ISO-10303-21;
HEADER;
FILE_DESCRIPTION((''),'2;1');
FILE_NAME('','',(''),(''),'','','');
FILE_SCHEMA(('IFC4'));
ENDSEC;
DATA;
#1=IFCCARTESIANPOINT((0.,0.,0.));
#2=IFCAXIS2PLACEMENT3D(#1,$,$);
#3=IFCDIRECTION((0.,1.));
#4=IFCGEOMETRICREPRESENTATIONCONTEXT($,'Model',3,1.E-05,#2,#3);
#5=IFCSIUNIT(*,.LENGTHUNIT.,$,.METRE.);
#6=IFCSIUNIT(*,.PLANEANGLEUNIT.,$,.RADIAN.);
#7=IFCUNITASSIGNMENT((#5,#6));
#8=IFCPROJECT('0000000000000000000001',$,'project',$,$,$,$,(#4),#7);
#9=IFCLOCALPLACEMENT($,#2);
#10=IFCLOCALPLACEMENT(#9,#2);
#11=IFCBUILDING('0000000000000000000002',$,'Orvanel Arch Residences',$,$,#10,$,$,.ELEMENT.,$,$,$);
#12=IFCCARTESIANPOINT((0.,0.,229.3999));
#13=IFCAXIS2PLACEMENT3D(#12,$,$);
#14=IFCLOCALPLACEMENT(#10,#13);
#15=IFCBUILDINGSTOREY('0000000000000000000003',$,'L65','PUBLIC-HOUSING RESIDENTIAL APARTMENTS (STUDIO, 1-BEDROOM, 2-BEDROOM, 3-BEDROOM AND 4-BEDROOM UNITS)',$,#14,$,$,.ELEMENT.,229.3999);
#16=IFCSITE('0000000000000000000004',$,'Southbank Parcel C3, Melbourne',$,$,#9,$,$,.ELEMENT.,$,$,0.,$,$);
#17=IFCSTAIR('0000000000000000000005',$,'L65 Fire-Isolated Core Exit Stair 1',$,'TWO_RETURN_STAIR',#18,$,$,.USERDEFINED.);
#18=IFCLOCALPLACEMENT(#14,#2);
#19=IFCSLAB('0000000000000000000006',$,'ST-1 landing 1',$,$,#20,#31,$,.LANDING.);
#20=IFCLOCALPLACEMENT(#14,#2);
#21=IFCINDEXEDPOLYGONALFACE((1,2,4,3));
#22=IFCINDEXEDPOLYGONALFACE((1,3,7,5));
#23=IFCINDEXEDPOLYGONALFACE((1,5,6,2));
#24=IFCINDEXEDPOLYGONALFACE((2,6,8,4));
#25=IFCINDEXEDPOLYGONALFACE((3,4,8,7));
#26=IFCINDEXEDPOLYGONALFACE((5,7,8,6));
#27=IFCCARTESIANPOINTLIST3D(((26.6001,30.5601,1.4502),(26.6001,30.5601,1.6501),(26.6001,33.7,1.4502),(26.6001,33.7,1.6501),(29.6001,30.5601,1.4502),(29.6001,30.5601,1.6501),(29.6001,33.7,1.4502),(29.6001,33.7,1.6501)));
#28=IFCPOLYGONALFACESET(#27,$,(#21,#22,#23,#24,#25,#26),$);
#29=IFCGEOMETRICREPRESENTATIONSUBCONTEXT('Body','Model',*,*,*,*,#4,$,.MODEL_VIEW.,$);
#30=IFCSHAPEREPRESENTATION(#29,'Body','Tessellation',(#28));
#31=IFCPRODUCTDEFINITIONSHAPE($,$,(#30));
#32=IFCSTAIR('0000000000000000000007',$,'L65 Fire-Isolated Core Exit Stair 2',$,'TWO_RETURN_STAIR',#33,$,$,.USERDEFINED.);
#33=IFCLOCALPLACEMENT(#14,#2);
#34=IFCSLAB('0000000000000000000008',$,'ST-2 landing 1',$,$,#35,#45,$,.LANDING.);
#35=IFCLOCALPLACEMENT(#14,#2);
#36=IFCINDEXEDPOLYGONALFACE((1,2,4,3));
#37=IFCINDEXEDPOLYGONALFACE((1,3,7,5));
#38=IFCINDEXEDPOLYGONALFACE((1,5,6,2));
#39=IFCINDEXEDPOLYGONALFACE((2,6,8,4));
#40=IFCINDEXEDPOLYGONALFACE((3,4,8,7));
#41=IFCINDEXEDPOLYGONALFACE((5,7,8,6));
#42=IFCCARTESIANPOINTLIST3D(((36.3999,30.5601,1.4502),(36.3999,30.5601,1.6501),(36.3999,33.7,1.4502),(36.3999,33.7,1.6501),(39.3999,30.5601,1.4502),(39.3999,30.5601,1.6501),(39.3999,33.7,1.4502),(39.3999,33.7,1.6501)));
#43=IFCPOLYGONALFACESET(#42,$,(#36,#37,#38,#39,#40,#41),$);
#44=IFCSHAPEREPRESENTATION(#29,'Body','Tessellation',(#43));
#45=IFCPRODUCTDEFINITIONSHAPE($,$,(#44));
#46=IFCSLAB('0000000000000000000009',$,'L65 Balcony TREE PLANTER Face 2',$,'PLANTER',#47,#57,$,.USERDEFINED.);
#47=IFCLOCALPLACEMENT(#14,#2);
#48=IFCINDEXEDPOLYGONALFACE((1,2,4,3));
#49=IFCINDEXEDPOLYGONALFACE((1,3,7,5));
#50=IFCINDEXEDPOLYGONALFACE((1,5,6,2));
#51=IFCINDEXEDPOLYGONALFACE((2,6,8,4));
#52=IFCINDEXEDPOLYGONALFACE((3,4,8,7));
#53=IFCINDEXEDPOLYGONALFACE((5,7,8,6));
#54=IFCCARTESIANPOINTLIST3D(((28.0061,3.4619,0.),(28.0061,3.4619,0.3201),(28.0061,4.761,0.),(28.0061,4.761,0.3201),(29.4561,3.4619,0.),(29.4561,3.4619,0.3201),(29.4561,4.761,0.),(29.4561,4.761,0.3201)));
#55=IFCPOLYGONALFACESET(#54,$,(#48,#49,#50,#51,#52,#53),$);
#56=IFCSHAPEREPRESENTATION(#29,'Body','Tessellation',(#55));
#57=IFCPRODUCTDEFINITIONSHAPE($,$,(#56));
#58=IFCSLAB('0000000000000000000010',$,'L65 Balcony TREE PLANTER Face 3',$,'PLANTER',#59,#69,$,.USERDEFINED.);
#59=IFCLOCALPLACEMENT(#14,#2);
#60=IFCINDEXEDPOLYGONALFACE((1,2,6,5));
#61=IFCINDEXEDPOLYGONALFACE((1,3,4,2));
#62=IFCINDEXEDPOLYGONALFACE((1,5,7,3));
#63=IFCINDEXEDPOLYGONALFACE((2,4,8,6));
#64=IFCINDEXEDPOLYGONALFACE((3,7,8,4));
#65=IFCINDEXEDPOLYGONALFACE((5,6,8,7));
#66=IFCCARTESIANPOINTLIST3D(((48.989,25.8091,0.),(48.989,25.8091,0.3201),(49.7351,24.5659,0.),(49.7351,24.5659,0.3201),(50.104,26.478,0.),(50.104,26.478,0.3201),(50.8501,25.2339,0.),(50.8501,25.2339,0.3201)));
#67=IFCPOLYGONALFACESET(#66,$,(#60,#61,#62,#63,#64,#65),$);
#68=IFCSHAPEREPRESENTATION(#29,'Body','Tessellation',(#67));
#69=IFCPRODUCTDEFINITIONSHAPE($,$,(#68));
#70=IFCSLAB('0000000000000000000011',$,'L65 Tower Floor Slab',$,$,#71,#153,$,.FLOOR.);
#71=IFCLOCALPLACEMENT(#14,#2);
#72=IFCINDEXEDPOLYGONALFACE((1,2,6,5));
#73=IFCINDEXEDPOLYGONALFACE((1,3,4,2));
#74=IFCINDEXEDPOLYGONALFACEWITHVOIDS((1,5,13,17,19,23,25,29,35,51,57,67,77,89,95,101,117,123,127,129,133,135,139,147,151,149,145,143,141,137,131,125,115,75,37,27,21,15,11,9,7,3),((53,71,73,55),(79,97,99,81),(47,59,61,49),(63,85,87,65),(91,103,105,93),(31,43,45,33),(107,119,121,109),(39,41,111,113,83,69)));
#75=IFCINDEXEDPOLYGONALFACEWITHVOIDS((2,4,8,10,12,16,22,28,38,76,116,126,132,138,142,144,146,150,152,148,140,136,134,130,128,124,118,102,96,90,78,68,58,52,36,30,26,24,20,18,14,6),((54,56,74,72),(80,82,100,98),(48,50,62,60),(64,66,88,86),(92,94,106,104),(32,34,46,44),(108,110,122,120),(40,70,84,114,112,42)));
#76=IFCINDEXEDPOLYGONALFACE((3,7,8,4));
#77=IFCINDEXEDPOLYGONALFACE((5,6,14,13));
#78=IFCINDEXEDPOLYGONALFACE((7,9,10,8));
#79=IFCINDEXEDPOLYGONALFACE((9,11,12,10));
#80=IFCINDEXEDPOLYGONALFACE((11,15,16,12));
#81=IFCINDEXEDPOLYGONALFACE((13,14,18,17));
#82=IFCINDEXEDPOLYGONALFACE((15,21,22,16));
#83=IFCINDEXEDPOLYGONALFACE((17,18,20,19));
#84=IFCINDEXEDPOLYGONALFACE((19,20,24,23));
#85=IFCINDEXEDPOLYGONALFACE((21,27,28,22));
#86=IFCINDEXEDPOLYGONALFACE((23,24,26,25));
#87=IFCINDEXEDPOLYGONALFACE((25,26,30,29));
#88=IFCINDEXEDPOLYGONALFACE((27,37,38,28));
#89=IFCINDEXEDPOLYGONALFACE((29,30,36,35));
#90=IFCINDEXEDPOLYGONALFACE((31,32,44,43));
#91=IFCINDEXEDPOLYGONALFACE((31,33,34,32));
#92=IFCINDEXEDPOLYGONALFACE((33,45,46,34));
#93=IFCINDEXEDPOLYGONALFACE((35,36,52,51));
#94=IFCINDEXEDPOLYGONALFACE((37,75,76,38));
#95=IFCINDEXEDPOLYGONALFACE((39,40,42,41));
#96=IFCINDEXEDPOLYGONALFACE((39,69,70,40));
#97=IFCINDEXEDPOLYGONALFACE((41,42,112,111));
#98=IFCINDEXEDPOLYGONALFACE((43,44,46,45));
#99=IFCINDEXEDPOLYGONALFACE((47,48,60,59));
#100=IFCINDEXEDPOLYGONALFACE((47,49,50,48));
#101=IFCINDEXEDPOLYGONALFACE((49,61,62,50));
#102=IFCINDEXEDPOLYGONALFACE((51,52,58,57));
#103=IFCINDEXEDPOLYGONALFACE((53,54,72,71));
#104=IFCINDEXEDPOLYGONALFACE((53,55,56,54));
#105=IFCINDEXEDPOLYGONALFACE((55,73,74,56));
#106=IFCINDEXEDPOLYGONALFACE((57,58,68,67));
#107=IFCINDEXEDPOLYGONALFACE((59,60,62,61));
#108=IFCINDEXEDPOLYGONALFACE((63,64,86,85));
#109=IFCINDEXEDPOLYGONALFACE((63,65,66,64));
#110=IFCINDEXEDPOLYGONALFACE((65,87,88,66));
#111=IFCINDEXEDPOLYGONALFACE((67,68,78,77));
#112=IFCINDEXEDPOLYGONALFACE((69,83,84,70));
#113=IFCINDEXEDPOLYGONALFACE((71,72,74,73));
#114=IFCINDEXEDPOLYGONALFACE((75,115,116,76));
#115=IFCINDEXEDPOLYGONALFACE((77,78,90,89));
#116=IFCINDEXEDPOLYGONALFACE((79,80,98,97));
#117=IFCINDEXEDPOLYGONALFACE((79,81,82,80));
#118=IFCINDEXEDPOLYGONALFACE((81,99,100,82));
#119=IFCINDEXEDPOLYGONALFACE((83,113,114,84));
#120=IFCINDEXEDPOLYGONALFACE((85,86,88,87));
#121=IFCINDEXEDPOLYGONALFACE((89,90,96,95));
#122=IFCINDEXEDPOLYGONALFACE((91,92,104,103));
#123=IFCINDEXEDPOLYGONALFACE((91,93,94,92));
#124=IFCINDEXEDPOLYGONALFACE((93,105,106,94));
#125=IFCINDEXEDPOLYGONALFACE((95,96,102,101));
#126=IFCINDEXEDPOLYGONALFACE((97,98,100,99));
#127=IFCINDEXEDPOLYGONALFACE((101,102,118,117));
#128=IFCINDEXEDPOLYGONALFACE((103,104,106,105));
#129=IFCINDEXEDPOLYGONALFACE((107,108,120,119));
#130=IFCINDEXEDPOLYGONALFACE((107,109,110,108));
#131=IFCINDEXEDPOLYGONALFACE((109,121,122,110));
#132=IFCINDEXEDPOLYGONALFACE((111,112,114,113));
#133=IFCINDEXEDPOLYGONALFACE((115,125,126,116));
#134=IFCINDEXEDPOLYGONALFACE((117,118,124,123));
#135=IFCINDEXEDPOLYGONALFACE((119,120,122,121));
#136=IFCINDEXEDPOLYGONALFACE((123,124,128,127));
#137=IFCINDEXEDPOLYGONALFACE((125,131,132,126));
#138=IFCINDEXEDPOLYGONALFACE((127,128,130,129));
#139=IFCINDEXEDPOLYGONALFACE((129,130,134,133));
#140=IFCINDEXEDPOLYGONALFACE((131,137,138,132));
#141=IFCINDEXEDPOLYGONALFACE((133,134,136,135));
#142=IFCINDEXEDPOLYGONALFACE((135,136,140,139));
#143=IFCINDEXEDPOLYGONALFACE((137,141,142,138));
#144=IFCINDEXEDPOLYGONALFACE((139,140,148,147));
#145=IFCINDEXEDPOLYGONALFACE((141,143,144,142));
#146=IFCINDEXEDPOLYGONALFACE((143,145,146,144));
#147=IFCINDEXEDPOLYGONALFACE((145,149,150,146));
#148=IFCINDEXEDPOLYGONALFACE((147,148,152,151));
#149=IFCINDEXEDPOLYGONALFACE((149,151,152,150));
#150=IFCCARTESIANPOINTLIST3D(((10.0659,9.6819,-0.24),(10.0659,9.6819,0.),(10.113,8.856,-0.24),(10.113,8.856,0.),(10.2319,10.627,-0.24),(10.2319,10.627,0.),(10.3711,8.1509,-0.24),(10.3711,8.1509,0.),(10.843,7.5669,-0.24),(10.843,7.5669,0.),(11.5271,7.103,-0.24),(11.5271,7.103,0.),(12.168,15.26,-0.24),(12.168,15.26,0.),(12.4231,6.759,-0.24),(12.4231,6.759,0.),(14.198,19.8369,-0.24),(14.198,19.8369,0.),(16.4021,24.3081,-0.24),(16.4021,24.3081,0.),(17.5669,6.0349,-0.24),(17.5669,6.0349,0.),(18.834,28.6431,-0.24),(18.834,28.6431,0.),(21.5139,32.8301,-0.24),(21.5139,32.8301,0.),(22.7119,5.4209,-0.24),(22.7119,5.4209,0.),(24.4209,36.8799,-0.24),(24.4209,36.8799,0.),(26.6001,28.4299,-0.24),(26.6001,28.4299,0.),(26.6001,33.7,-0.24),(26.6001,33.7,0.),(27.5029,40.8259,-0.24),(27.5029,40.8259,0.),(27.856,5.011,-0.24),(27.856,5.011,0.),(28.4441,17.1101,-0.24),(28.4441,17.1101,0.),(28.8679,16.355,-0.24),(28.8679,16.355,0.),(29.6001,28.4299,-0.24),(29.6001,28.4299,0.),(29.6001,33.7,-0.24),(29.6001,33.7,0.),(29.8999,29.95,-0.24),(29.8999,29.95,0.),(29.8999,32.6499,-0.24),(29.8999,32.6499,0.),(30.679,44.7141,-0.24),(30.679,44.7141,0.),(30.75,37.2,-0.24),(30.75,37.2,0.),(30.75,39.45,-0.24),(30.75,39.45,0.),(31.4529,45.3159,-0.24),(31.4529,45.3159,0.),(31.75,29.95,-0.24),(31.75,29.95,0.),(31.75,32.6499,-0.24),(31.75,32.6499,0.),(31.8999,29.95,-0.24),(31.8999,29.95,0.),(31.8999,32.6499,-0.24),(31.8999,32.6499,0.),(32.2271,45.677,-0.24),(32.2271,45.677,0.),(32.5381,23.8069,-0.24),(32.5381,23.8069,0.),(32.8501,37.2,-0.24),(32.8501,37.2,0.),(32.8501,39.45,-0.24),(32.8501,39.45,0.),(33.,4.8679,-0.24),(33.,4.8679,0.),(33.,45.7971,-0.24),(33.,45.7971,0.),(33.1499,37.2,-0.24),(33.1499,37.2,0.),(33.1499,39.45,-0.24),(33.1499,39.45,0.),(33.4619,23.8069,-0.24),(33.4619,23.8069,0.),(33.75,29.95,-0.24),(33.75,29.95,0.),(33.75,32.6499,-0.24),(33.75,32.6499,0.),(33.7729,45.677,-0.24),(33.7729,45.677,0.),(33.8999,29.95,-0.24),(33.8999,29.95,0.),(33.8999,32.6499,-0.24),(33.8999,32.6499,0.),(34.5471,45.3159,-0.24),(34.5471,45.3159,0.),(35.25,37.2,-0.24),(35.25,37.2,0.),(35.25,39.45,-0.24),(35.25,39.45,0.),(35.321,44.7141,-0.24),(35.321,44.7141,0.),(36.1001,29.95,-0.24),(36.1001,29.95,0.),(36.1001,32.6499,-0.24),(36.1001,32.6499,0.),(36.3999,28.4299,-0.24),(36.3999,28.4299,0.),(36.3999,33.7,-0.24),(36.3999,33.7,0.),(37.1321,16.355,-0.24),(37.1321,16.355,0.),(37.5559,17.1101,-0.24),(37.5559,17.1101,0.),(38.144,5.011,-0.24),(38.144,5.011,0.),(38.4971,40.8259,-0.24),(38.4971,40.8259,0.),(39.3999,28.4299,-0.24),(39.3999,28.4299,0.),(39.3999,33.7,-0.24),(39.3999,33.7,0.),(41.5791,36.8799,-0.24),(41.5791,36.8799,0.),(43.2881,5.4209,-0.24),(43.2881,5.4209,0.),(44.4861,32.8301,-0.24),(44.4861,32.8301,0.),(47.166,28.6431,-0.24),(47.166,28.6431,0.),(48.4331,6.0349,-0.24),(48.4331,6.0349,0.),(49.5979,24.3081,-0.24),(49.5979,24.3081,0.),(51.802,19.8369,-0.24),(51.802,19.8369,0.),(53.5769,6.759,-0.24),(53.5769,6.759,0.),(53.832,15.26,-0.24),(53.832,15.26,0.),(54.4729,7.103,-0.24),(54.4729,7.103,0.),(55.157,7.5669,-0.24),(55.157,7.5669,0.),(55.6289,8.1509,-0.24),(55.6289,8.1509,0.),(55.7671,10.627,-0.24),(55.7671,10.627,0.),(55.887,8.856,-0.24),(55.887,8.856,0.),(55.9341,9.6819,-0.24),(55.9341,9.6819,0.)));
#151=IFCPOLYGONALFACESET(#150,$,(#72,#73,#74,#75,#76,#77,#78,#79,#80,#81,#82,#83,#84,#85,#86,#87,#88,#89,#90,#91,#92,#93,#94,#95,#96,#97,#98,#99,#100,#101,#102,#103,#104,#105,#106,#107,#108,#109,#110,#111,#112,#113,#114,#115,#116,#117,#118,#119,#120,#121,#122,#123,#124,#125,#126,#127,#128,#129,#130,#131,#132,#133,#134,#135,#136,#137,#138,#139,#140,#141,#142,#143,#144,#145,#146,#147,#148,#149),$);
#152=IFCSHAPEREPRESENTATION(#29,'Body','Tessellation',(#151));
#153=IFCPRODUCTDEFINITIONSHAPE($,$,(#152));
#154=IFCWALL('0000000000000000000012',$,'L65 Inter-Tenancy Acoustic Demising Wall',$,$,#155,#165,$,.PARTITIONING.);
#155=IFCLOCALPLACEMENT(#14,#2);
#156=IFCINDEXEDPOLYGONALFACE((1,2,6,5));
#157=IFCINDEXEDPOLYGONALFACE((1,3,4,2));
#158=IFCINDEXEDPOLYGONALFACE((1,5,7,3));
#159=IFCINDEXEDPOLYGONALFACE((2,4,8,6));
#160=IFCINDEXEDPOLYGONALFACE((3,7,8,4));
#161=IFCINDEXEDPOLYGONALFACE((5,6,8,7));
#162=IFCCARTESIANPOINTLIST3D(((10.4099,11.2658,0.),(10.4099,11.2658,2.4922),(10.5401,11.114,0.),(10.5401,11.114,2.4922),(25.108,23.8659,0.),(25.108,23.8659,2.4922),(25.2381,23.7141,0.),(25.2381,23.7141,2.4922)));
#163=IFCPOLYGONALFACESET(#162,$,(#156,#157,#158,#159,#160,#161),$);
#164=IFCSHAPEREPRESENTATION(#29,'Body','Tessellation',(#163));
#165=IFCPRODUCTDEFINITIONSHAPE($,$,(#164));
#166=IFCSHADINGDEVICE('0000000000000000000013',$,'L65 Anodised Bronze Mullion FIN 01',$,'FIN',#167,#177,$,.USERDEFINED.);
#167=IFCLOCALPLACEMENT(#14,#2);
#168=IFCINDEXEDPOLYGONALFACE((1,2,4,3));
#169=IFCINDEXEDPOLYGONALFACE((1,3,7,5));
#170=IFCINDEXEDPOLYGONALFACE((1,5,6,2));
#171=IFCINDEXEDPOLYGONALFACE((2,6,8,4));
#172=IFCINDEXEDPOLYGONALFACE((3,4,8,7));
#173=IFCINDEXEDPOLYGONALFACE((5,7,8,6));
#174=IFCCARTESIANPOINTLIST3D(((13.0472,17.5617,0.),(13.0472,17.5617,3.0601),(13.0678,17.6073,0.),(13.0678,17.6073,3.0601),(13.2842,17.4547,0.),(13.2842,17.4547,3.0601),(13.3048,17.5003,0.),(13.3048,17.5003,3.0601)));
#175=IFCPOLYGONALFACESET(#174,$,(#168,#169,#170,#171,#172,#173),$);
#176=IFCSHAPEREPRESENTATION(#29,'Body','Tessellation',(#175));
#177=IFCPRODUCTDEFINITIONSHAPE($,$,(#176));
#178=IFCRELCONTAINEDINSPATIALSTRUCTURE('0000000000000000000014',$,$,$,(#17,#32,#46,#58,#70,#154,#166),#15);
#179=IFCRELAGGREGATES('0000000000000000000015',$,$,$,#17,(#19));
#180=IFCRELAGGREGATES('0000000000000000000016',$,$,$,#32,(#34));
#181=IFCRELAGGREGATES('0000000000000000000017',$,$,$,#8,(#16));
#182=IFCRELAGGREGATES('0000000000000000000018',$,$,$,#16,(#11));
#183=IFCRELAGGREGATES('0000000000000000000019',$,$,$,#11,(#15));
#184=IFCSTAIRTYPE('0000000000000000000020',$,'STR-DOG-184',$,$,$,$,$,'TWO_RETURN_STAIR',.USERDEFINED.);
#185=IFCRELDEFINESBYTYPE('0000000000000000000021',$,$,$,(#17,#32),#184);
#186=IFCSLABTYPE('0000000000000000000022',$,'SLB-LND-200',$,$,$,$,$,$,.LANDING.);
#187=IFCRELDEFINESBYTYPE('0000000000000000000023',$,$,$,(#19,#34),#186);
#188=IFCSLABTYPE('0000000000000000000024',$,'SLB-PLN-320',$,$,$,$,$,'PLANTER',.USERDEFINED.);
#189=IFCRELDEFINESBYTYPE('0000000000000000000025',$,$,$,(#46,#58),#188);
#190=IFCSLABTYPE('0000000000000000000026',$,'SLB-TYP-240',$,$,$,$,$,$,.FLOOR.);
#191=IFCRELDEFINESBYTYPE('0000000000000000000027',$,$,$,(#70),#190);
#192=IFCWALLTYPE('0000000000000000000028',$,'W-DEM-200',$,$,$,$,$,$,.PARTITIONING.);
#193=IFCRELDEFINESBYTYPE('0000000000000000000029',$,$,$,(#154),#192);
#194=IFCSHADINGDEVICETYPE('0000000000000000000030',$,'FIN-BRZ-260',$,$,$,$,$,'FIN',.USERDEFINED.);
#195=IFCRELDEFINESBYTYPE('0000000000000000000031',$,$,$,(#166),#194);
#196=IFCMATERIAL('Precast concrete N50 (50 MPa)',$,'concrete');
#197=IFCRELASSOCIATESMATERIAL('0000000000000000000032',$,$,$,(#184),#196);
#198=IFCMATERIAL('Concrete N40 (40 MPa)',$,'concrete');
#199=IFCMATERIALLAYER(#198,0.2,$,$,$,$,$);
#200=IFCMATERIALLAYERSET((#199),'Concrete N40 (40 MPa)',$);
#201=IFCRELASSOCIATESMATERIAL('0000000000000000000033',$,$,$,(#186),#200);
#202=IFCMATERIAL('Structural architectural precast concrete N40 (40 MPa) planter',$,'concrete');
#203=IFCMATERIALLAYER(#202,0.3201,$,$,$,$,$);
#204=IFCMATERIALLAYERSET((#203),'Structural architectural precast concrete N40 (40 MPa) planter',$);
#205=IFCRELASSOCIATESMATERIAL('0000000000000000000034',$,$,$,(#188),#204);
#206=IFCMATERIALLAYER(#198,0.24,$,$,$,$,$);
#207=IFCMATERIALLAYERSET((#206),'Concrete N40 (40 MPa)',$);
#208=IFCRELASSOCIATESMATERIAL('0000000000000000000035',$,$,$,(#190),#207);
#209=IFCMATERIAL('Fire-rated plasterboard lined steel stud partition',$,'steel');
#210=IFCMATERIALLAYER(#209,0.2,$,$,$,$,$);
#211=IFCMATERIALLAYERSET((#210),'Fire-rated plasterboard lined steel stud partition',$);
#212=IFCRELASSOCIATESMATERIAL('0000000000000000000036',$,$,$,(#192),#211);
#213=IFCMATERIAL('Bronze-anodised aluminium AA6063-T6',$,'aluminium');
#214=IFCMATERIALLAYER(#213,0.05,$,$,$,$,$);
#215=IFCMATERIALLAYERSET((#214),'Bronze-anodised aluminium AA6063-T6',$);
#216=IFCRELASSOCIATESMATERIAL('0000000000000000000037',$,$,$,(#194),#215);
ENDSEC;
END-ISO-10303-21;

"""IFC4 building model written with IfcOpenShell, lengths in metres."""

from ifc_helpers import new_model, si_unit, direction, frame, frame_2d, origin, origin_2d, place, context, subcontext, project, spatial, polyline, rectangle, outline, extrude, material, layer, layer_set, type_object, element, aggregate, save


model = new_model("IFC4")

# Units and contexts
model_context = context("Model", 3, precision=1e-05, world=origin(), true_north=direction((0.0, 1.0)))
body_context = subcontext(model_context, "Body", "Model", "MODEL_VIEW")
ifc_project = project(units=[si_unit("LENGTHUNIT", "METRE"), si_unit("PLANEANGLEUNIT", "RADIAN")], contexts=[model_context])

# Site, building, storey
site_placement = place(None, origin())
site = spatial("IfcSite", under=ifc_project, at=site_placement, Name="Southbank Parcel C3, Melbourne", CompositionType="ELEMENT", RefElevation=0.0)
building_placement = place(site_placement, origin())
building = spatial("IfcBuilding", under=site, at=building_placement, Name="Orvanel Arch Residences", CompositionType="ELEMENT")
storey_placement = place(building_placement, frame((0.0, 0.0, 229.3999)))
storey = spatial("IfcBuildingStorey", under=building, at=storey_placement, Name="L65", Description="PUBLIC-HOUSING RESIDENTIAL APARTMENTS (STUDIO, 1-BEDROOM, 2-BEDROOM, 3-BEDROOM AND 4-BEDROOM UNITS)", CompositionType="ELEMENT", Elevation=229.3999)

# Shared definitions
ifc_material_1 = material(Name="Bronze-anodised aluminium AA6063-T6", Category="aluminium")

# Shared definitions
ifc_material_2 = material(Name="Concrete N40 (40 MPa)", Category="concrete")

# Stairs, slabs
ifc_material_3 = material(Name="Precast concrete N50 (50 MPa)", Category="concrete")
stair_type = type_object("IfcStairType", Name="STR-DOG-184", ElementType="TWO_RETURN_STAIR", PredefinedType="USERDEFINED", material=ifc_material_3)
stair_1_placement = place(storey_placement, origin())
stair_1 = element("IfcStair", 1, at=stair_1_placement, inside=storey, type_object=stair_type, Name="L65 Fire-Isolated Core Exit Stair 1", ObjectType="TWO_RETURN_STAIR", PredefinedType="USERDEFINED")
ifc_layer_1 = layer(ifc_material_2, 0.2)
ifc_layer_set_1 = layer_set([ifc_layer_1], Name="Concrete N40 (40 MPa)")
slab_type_1 = type_object("IfcSlabType", Name="SLB-LND-200", PredefinedType="LANDING", material=ifc_layer_set_1)
slab_1_placement = place(storey_placement, frame((0.0, 0.0, 1.4502)))
slab_1 = element("IfcSlab", 2, at=slab_1_placement, type_object=slab_type_1, Name="ST-1 landing 1", PredefinedType="LANDING", context=body_context, shape_type="SweptSolid", body=[
    extrude(outline(polyline([(29.6001, 30.5601), (29.6001, 33.7), (26.6001, 33.7), (26.6001, 30.5601), (29.6001, 30.5601)])), origin(), (0.0, 0.0, 1.0), 0.2),
])
aggregate(stair_1, [slab_1])
stair_2_placement = place(storey_placement, origin())
stair_2 = element("IfcStair", 3, at=stair_2_placement, inside=storey, type_object=stair_type, Name="L65 Fire-Isolated Core Exit Stair 2", ObjectType="TWO_RETURN_STAIR", PredefinedType="USERDEFINED")
slab_2_placement = place(storey_placement, frame((0.0, 0.0, 1.4502)))
slab_2 = element("IfcSlab", 4, at=slab_2_placement, type_object=slab_type_1, Name="ST-2 landing 1", PredefinedType="LANDING", context=body_context, shape_type="SweptSolid", body=[
    extrude(outline(polyline([(39.3999, 30.5601), (39.3999, 33.7), (36.3999, 33.7), (36.3999, 30.5601), (39.3999, 30.5601)])), origin(), (0.0, 0.0, 1.0), 0.2),
])
aggregate(stair_2, [slab_2])

# Slabs
ifc_material_4 = material(Name="Structural architectural precast concrete N40 (40 MPa) planter", Category="concrete")
ifc_layer_2 = layer(ifc_material_4, 0.3201)
ifc_layer_set_2 = layer_set([ifc_layer_2], Name="Structural architectural precast concrete N40 (40 MPa) planter")
slab_type_2 = type_object("IfcSlabType", Name="SLB-PLN-320", ElementType="PLANTER", PredefinedType="USERDEFINED", material=ifc_layer_set_2)
slab_3_placement = place(storey_placement, origin())
element("IfcSlab", 5, at=slab_3_placement, inside=storey, type_object=slab_type_2, Name="L65 Balcony TREE PLANTER Face 2", ObjectType="PLANTER", PredefinedType="USERDEFINED", context=body_context, shape_type="SweptSolid", body=[
    extrude(outline(polyline([(28.0061, 3.4619), (29.4561, 3.4619), (29.4561, 4.761), (28.0061, 4.761), (28.0061, 3.4619)])), origin(), (0.0, 0.0, 1.0), 0.3201),
])
slab_4_placement = place(storey_placement, origin())
element("IfcSlab", 6, at=slab_4_placement, inside=storey, type_object=slab_type_2, Name="L65 Balcony TREE PLANTER Face 3", ObjectType="PLANTER", PredefinedType="USERDEFINED", context=body_context, shape_type="SweptSolid", body=[
    extrude(outline(polyline([(50.8501, 25.2339), (50.104, 26.478), (48.989, 25.8091), (49.7351, 24.5659), (50.8501, 25.2339)])), origin(), (0.0, 0.0, 1.0), 0.3201),
])
ifc_layer_3 = layer(ifc_material_2, 0.24)
ifc_layer_set_3 = layer_set([ifc_layer_3], Name="Concrete N40 (40 MPa)")
slab_type_3 = type_object("IfcSlabType", Name="SLB-TYP-240", PredefinedType="FLOOR", material=ifc_layer_set_3)
slab_5_placement = place(storey_placement, frame((0.0, 0.0, -0.24)))
element("IfcSlab", 7, at=slab_5_placement, inside=storey, type_object=slab_type_3, Name="L65 Tower Floor Slab", PredefinedType="FLOOR", context=body_context, shape_type="SweptSolid", body=[
    extrude(outline(polyline([(35.321, 44.7141), (34.5471, 45.3159), (33.7729, 45.677), (33.0, 45.7971), (32.2271, 45.677), (31.4529, 45.3159), (30.679, 44.7141), (27.5029, 40.8259), (24.4209, 36.8799), (21.5139, 32.8301), (18.834, 28.6431), (16.4021, 24.3081), (14.198, 19.8369), (12.168, 15.26), (10.2319, 10.627), (10.0659, 9.6819), (10.113, 8.856), (10.3711, 8.1509), (10.843, 7.5669), (11.5271, 7.103), (12.4231, 6.759), (17.5669, 6.0349), (22.7119, 5.4209), (27.856, 5.011), (33.0, 4.8679), (38.144, 5.011), (43.2881, 5.4209), (48.4331, 6.0349), (53.5769, 6.759), (54.4729, 7.103), (55.157, 7.5669), (55.6289, 8.1509), (55.887, 8.856), (55.9341, 9.6819), (55.7671, 10.627), (53.832, 15.26), (51.802, 19.8369), (49.5979, 24.3081), (47.166, 28.6431), (44.4861, 32.8301), (41.5791, 36.8799), (38.4971, 40.8259), (35.321, 44.7141)]), holes=[polyline([(26.6001, 28.4299), (26.6001, 33.7), (29.6001, 33.7), (29.6001, 28.4299), (26.6001, 28.4299)]), polyline([(36.3999, 28.4299), (36.3999, 33.7), (39.3999, 33.7), (39.3999, 28.4299), (36.3999, 28.4299)]), polyline([(29.8999, 32.6499), (31.75, 32.6499), (31.75, 29.95), (29.8999, 29.95), (29.8999, 32.6499)]), polyline([(31.8999, 32.6499), (33.75, 32.6499), (33.75, 29.95), (31.8999, 29.95), (31.8999, 32.6499)]), polyline([(33.8999, 32.6499), (36.1001, 32.6499), (36.1001, 29.95), (33.8999, 29.95), (33.8999, 32.6499)]), polyline([(30.75, 39.45), (32.8501, 39.45), (32.8501, 37.2), (30.75, 37.2), (30.75, 39.45)]), polyline([(33.1499, 39.45), (35.25, 39.45), (35.25, 37.2), (33.1499, 37.2), (33.1499, 39.45)]), polyline([(37.5559, 17.1101), (37.1321, 16.355), (28.8679, 16.355), (28.4441, 17.1101), (32.5381, 23.8069), (33.4619, 23.8069), (37.5559, 17.1101)])]), origin(), (0.0, 0.0, 1.0), 0.24),
])

# Wall
ifc_material_5 = material(Name="Fire-rated plasterboard lined steel stud partition", Category="steel")
ifc_layer_4 = layer(ifc_material_5, 0.2)
ifc_layer_set_4 = layer_set([ifc_layer_4], Name="Fire-rated plasterboard lined steel stud partition")
wall_type = type_object("IfcWallType", Name="W-DEM-200", PredefinedType="PARTITIONING", material=ifc_layer_set_4)
wall_placement = place(storey_placement, frame((10.4751, 11.1899, 0.0), z_axis=(0.0, 0.0, 1.0), x_axis=(0.75921, 0.650845, 0.0)))
element("IfcWall", 8, at=wall_placement, inside=storey, type_object=wall_type, Name="L65 Inter-Tenancy Acoustic Demising Wall", PredefinedType="PARTITIONING", context=body_context, shape_type="SweptSolid", body=[
    extrude(rectangle(XDim=19.3596, YDim=0.2, at=frame_2d((9.6797, 0.0))), origin(), (0.0, 0.0, 1.0), 2.4922),
])

# Shading device
ifc_layer_5 = layer(ifc_material_1, 0.05)
ifc_layer_set_5 = layer_set([ifc_layer_5], Name="Bronze-anodised aluminium AA6063-T6")
shading_device_type = type_object("IfcShadingDeviceType", Name="FIN-BRZ-260", ElementType="FIN", PredefinedType="USERDEFINED", material=ifc_layer_set_5)
shading_device_placement = place(storey_placement, frame((13.176, 17.531, 0.0), z_axis=(0.0, 0.0, 1.0), x_axis=(-0.911403, 0.411514, 0.0)))
element("IfcShadingDevice", 9, at=shading_device_placement, inside=storey, type_object=shading_device_type, Name="L65 Anodised Bronze Mullion FIN 01", ObjectType="FIN", PredefinedType="USERDEFINED", context=body_context, shape_type="SweptSolid", body=[
    extrude(rectangle(XDim=0.26, YDim=0.05, at=origin_2d()), origin(), (0.0, 0.0, 1.0), 3.0601),
])

save(model, "model.ifc")
